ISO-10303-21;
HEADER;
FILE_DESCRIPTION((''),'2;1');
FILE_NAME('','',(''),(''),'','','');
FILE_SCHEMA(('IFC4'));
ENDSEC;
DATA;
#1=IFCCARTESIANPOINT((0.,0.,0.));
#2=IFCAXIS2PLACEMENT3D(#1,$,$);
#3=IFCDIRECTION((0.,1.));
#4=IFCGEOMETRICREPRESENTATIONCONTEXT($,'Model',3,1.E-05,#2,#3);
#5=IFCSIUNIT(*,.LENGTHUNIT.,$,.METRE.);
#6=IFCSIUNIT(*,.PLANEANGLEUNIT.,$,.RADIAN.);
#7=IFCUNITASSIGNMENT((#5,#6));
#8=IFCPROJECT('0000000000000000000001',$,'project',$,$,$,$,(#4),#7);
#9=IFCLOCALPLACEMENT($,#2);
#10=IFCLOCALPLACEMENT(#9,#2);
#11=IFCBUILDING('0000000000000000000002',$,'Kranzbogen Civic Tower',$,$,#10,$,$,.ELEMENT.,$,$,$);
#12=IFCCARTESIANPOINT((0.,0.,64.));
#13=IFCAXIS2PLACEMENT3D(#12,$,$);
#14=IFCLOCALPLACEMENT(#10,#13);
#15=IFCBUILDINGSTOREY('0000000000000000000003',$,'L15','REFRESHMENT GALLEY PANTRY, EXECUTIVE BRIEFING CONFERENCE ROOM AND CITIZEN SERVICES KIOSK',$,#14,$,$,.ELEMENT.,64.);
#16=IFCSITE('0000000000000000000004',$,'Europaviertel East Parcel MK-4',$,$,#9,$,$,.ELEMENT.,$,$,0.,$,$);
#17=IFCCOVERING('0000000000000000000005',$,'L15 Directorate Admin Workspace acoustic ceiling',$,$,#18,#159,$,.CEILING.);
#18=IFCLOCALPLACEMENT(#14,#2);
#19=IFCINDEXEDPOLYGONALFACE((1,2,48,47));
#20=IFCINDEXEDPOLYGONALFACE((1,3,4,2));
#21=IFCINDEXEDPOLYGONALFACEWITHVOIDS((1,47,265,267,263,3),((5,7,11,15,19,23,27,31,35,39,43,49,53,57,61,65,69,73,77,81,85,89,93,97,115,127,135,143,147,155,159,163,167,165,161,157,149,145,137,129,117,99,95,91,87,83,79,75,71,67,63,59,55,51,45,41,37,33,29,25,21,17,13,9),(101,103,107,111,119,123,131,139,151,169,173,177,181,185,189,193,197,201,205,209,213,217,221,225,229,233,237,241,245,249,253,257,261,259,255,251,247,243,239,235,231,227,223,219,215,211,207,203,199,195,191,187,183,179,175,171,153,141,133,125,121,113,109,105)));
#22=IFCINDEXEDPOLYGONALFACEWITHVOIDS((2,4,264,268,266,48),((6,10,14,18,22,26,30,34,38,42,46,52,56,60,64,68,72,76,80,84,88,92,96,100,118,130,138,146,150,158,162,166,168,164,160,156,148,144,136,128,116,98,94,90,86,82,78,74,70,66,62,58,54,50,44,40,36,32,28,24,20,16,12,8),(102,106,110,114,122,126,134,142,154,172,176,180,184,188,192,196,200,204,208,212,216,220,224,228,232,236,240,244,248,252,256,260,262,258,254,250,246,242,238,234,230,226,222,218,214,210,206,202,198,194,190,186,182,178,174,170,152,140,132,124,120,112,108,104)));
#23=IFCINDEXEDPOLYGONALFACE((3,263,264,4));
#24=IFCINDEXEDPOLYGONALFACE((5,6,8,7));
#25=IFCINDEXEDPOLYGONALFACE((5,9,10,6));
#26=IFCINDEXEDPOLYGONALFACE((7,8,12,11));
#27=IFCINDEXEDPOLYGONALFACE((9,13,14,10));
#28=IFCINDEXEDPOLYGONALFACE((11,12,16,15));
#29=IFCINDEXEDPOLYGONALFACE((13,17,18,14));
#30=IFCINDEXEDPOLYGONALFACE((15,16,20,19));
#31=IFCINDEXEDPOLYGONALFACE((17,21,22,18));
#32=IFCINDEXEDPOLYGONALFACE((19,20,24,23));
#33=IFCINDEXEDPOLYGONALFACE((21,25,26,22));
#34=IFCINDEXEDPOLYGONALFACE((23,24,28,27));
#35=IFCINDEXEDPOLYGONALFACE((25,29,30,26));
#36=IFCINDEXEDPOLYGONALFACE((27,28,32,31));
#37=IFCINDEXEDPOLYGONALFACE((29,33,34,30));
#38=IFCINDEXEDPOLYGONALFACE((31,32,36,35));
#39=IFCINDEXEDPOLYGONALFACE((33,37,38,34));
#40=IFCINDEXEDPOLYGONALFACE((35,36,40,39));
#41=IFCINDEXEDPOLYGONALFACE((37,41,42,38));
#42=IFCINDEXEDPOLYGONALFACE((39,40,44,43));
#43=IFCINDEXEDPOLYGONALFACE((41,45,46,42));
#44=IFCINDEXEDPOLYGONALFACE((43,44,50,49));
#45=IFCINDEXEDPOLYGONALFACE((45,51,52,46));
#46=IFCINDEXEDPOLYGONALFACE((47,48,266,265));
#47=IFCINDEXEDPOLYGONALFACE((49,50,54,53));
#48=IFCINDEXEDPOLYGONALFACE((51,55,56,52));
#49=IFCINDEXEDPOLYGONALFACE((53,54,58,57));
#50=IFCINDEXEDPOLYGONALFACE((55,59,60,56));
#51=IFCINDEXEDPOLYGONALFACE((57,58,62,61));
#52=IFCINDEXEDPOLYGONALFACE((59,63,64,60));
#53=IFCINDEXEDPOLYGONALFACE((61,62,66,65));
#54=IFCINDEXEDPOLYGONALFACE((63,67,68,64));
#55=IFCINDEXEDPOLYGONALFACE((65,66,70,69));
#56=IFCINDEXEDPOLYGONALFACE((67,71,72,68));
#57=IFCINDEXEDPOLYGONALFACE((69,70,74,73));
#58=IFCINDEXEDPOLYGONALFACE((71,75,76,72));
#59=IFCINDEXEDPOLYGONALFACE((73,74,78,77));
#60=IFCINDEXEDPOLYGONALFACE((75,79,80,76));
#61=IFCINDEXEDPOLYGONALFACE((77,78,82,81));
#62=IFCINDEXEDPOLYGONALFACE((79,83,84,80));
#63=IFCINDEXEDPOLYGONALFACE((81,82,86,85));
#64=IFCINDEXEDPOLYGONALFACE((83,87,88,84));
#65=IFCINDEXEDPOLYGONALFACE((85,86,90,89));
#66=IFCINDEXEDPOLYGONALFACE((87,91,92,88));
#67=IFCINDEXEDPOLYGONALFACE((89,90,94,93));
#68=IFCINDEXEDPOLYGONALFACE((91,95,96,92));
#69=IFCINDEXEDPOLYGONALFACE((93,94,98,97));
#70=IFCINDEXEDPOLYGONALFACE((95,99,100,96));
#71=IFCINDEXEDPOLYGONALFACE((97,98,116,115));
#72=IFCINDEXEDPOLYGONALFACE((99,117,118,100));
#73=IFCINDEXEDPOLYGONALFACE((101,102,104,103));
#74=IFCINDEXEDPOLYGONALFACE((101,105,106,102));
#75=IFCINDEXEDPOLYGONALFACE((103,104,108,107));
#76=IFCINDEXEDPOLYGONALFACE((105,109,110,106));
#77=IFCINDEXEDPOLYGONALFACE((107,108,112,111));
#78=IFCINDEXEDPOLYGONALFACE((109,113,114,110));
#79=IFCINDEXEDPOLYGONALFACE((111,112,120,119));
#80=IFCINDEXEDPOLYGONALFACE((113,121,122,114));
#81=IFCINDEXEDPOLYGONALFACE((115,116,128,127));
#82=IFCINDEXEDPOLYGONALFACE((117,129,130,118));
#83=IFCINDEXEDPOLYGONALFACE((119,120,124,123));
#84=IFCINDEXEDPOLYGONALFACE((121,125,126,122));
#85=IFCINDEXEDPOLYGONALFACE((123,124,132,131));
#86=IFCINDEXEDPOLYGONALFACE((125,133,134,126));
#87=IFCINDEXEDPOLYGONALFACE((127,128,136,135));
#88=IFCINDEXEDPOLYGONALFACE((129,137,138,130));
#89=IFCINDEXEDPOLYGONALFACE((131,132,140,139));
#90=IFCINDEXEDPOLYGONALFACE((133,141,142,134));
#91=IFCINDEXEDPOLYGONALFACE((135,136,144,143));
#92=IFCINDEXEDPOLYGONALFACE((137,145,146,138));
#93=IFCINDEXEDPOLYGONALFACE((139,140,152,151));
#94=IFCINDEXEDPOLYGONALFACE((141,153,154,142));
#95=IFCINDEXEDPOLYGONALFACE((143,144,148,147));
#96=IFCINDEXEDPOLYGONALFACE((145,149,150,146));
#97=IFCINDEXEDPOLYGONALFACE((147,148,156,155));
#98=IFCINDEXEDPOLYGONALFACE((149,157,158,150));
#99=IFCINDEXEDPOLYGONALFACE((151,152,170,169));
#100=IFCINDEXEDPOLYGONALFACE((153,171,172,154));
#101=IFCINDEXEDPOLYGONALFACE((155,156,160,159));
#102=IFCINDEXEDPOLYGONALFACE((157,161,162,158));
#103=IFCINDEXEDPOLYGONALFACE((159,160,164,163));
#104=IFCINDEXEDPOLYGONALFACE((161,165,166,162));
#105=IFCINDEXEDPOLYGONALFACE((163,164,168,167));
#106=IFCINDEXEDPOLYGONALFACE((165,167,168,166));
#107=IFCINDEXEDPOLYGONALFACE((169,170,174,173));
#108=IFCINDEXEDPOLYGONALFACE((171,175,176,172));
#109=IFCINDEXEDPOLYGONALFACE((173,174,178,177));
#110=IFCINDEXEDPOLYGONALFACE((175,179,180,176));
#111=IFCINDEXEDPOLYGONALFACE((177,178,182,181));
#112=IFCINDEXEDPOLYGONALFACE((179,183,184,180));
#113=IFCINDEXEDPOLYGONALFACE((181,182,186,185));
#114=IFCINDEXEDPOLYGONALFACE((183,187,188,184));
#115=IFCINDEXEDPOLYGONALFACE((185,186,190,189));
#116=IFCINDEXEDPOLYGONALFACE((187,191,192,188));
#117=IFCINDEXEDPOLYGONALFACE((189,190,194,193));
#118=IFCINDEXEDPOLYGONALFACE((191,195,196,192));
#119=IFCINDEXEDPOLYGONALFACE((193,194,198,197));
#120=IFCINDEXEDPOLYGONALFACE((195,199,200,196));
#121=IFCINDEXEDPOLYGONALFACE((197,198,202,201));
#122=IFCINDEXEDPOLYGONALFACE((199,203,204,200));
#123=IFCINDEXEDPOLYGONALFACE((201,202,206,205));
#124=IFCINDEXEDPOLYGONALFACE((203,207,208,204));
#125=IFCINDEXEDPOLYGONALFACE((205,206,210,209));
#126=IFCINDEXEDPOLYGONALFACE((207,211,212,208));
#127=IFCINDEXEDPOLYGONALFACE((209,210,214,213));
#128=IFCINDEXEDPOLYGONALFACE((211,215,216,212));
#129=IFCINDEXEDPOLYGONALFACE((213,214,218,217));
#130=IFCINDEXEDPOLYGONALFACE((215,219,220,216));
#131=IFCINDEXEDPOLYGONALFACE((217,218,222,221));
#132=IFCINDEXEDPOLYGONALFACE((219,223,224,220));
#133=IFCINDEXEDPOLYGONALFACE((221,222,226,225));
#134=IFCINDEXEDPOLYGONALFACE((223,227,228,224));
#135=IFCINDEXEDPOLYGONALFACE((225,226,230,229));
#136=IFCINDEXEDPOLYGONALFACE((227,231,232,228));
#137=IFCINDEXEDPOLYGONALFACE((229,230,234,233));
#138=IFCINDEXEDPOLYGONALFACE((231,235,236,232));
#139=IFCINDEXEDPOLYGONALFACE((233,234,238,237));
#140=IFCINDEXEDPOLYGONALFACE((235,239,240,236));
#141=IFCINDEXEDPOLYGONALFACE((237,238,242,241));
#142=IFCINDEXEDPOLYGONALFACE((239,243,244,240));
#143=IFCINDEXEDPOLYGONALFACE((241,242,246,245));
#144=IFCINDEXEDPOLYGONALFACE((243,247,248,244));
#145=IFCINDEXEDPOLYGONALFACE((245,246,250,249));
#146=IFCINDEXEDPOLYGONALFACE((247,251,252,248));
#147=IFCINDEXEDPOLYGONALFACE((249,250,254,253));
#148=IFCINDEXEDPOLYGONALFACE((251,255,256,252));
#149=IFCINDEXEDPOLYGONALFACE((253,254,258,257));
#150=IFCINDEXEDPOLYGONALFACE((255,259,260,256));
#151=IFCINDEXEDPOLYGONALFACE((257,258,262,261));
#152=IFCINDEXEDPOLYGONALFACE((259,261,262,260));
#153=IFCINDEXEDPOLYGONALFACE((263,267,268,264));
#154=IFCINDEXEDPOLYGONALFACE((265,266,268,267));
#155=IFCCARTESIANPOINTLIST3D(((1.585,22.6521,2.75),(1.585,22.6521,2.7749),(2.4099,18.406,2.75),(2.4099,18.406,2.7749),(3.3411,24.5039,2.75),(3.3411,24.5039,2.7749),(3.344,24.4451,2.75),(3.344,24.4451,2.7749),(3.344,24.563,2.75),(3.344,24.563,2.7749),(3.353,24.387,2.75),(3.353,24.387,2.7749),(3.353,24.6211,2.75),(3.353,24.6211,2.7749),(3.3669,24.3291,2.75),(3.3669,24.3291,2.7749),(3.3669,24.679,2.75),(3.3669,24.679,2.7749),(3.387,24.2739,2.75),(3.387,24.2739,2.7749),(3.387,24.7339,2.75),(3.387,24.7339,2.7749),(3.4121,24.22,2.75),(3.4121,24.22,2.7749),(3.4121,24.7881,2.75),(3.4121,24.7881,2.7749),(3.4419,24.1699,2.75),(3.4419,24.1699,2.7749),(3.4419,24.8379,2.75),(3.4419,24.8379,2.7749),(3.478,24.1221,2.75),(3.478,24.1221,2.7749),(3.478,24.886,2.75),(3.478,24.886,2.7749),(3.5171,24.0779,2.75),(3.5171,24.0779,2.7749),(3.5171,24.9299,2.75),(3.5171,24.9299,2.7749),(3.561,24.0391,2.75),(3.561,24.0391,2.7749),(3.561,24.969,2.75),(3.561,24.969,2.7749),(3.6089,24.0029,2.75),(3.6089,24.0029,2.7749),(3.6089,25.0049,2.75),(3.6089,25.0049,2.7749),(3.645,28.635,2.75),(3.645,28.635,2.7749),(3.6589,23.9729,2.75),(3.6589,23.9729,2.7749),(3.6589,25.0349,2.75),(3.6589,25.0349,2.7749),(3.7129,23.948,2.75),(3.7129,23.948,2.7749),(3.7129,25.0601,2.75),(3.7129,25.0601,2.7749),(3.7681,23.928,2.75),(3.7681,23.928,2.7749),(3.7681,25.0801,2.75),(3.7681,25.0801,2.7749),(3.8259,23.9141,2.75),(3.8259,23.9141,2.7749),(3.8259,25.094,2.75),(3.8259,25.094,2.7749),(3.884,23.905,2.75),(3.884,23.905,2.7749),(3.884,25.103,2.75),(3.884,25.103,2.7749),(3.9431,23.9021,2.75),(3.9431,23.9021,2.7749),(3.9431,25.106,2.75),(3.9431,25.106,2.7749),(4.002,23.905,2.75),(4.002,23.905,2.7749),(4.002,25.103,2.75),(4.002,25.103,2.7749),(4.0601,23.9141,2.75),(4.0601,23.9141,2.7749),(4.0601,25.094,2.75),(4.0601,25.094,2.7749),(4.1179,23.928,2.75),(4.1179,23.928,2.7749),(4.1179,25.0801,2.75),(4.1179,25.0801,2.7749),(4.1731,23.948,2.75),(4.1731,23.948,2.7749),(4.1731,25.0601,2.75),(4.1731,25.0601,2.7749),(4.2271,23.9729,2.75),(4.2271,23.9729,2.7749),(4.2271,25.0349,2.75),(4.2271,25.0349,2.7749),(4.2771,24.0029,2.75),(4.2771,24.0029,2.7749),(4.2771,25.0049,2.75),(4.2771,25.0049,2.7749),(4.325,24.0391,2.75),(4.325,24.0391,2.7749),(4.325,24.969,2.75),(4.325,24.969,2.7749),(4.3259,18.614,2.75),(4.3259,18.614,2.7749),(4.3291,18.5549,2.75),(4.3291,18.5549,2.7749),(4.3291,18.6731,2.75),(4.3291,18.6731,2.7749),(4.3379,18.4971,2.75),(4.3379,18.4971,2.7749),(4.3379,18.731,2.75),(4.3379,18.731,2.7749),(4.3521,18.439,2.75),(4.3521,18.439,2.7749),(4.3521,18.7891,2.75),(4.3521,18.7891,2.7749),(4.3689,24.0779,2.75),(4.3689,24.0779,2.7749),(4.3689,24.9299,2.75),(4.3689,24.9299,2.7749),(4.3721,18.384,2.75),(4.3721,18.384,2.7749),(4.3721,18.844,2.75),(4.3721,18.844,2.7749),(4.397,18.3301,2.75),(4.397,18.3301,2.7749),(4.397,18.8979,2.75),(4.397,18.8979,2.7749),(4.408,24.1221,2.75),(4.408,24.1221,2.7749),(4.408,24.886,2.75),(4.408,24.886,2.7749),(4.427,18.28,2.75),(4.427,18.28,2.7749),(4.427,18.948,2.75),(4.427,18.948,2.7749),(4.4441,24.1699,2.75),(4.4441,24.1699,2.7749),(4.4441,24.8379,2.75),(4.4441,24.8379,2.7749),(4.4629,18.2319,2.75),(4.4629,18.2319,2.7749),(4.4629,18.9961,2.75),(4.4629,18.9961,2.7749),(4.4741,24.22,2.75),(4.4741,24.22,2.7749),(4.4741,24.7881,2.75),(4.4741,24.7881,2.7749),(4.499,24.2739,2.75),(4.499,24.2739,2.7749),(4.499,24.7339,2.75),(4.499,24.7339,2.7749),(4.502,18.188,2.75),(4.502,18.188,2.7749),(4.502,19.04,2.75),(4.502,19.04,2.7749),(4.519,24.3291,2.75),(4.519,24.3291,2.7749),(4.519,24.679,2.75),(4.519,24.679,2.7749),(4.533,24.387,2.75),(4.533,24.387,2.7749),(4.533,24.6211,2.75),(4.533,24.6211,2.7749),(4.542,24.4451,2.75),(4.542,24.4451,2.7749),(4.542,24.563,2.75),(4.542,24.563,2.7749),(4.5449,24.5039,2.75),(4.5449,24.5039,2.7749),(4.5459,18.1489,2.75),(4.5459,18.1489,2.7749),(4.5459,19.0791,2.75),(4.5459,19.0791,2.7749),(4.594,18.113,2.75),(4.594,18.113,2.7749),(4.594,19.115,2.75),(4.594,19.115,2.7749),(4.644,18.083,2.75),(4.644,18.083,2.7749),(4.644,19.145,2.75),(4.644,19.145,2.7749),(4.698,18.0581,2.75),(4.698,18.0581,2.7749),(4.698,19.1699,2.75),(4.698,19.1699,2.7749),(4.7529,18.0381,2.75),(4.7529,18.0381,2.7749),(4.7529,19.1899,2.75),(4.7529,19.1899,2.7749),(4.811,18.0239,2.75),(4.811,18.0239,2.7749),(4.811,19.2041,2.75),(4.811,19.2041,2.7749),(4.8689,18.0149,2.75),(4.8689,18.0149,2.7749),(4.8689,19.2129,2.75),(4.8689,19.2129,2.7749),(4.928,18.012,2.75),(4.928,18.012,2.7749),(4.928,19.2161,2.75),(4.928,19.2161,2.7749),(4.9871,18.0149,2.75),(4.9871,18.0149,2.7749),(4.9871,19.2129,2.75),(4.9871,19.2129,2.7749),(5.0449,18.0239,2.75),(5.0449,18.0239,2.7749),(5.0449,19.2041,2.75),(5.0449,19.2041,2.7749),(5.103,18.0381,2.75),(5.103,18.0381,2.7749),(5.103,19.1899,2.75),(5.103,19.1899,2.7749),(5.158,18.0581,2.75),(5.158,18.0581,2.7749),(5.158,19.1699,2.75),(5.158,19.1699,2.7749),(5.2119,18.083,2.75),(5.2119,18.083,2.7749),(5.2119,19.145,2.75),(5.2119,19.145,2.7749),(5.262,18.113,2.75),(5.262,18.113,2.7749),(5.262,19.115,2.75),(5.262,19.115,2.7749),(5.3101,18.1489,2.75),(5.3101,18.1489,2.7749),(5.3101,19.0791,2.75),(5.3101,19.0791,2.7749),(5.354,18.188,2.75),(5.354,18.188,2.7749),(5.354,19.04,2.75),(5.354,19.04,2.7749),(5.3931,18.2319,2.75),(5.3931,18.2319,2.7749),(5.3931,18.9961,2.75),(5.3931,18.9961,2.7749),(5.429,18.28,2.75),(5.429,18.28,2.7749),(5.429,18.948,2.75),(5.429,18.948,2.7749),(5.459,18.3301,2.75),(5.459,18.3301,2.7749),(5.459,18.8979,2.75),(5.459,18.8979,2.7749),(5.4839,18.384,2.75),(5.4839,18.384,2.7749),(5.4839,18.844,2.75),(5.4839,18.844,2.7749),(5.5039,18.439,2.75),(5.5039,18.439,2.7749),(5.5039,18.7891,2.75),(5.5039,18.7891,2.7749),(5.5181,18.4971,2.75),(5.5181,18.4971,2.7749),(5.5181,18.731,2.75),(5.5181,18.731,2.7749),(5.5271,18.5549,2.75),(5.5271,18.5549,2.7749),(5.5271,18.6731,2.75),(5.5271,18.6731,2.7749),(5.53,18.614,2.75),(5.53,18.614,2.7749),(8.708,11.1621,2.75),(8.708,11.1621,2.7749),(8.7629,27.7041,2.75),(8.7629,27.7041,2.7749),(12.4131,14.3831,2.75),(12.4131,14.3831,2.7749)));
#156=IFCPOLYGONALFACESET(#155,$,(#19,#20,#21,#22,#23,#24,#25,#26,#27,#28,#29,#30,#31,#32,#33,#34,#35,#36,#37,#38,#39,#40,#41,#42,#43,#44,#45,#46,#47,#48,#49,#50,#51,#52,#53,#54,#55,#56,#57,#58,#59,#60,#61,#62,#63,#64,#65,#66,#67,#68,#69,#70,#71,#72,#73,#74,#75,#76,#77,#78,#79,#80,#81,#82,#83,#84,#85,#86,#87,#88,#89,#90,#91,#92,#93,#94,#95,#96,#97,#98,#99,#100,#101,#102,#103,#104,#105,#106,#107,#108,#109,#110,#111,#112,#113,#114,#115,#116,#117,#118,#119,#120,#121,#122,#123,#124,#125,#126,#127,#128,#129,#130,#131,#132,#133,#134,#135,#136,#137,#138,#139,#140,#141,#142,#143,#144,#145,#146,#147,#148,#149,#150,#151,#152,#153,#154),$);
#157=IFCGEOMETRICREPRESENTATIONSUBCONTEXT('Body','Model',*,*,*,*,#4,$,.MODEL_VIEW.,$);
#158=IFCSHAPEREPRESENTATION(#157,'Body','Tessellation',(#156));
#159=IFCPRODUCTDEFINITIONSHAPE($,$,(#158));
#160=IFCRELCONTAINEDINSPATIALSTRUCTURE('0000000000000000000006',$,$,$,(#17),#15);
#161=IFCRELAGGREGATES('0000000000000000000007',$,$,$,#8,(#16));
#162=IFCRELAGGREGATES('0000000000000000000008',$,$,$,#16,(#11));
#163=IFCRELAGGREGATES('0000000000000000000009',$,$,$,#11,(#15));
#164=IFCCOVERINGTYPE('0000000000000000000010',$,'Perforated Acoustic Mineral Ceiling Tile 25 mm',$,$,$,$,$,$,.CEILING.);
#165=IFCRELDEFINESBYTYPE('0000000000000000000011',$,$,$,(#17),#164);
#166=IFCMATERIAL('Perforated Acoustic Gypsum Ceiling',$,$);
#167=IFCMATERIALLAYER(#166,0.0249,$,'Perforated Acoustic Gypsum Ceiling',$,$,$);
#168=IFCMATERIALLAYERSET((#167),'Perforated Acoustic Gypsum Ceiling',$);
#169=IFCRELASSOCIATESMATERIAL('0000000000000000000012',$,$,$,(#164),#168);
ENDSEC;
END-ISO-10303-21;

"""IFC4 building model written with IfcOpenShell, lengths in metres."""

from ifc_helpers import new_model, si_unit, direction, frame, origin, place, context, subcontext, project, spatial, polyline, outline, extrude, material, layer, layer_set, type_object, element, save


model = new_model("IFC4")

# Units and contexts
model_context = context("Model", 3, precision=1e-05, world=origin(), true_north=direction((0.0, 1.0)))
body_context = subcontext(model_context, "Body", "Model", "MODEL_VIEW")
ifc_project = project(units=[si_unit("LENGTHUNIT", "METRE"), si_unit("PLANEANGLEUNIT", "RADIAN")], contexts=[model_context])

# Site, building, storey
site_placement = place(None, origin())
site = spatial("IfcSite", under=ifc_project, at=site_placement, Name="Europaviertel East Parcel MK-4", CompositionType="ELEMENT", RefElevation=0.0)
building_placement = place(site_placement, origin())
building = spatial("IfcBuilding", under=site, at=building_placement, Name="Kranzbogen Civic Tower", CompositionType="ELEMENT")
storey_placement = place(building_placement, frame((0.0, 0.0, 64.0)))
storey = spatial("IfcBuildingStorey", under=building, at=storey_placement, Name="L15", Description="REFRESHMENT GALLEY PANTRY, EXECUTIVE BRIEFING CONFERENCE ROOM AND CITIZEN SERVICES KIOSK", CompositionType="ELEMENT", Elevation=64.0)

# Covering
ifc_material_1 = material(Name="Perforated Acoustic Gypsum Ceiling")
ifc_layer_1 = layer(ifc_material_1, 0.0249, Name="Perforated Acoustic Gypsum Ceiling")
ifc_layer_set_1 = layer_set([ifc_layer_1], Name="Perforated Acoustic Gypsum Ceiling")
covering_type_1 = type_object("IfcCoveringType", Name="Perforated Acoustic Mineral Ceiling Tile 25 mm", PredefinedType="CEILING", material=ifc_layer_set_1)
covering_1_placement = place(storey_placement, frame((0.0, 0.0, 2.75)))
element("IfcCovering", 1, at=covering_1_placement, inside=storey, type_object=covering_type_1, Name="L15 Directorate Admin Workspace acoustic ceiling", PredefinedType="CEILING", context=body_context, shape_type="SweptSolid", body=[
    extrude(outline(polyline([(3.645, 28.635), (8.7629, 27.7041), (12.4131, 14.3831), (8.708, 11.1621), (2.4099, 18.406), (1.585, 22.6521), (3.645, 28.635)]), holes=[polyline([(5.4839, 18.384), (5.459, 18.3301), (5.429, 18.28), (5.3931, 18.2319), (5.354, 18.188), (5.3101, 18.1489), (5.262, 18.113), (5.2119, 18.083), (5.158, 18.0581), (5.103, 18.0381), (5.0449, 18.0239), (4.9871, 18.0149), (4.928, 18.012), (4.8689, 18.0149), (4.811, 18.0239), (4.7529, 18.0381), (4.698, 18.0581), (4.644, 18.083), (4.594, 18.113), (4.5459, 18.1489), (4.502, 18.188), (4.4629, 18.2319), (4.427, 18.28), (4.397, 18.3301), (4.3721, 18.384), (4.3521, 18.439), (4.3379, 18.4971), (4.3291, 18.5549), (4.3259, 18.614), (4.3291, 18.6731), (4.3379, 18.731), (4.3521, 18.7891), (4.3721, 18.844), (4.397, 18.8979), (4.427, 18.948), (4.4629, 18.9961), (4.502, 19.04), (4.5459, 19.0791), (4.594, 19.115), (4.644, 19.145), (4.698, 19.1699), (4.7529, 19.1899), (4.811, 19.2041), (4.8689, 19.2129), (4.928, 19.2161), (4.9871, 19.2129), (5.0449, 19.2041), (5.103, 19.1899), (5.158, 19.1699), (5.2119, 19.145), (5.262, 19.115), (5.3101, 19.0791), (5.354, 19.04), (5.3931, 18.9961), (5.429, 18.948), (5.459, 18.8979), (5.4839, 18.844), (5.5039, 18.7891), (5.5181, 18.731), (5.5271, 18.6731), (5.53, 18.614), (5.5271, 18.5549), (5.5181, 18.4971), (5.5039, 18.439), (5.4839, 18.384)]), polyline([(4.499, 24.2739), (4.4741, 24.22), (4.4441, 24.1699), (4.408, 24.1221), (4.3689, 24.0779), (4.325, 24.0391), (4.2771, 24.0029), (4.2271, 23.9729), (4.1731, 23.948), (4.1179, 23.928), (4.0601, 23.9141), (4.002, 23.905), (3.9431, 23.9021), (3.884, 23.905), (3.8259, 23.9141), (3.7681, 23.928), (3.7129, 23.948), (3.6589, 23.9729), (3.6089, 24.0029), (3.561, 24.0391), (3.5171, 24.0779), (3.478, 24.1221), (3.4419, 24.1699), (3.4121, 24.22), (3.387, 24.2739), (3.3669, 24.3291), (3.353, 24.387), (3.344, 24.4451), (3.3411, 24.5039), (3.344, 24.563), (3.353, 24.6211), (3.3669, 24.679), (3.387, 24.7339), (3.4121, 24.7881), (3.4419, 24.8379), (3.478, 24.886), (3.5171, 24.9299), (3.561, 24.969), (3.6089, 25.0049), (3.6589, 25.0349), (3.7129, 25.0601), (3.7681, 25.0801), (3.8259, 25.094), (3.884, 25.103), (3.9431, 25.106), (4.002, 25.103), (4.0601, 25.094), (4.1179, 25.0801), (4.1731, 25.0601), (4.2271, 25.0349), (4.2771, 25.0049), (4.325, 24.969), (4.3689, 24.9299), (4.408, 24.886), (4.4441, 24.8379), (4.4741, 24.7881), (4.499, 24.7339), (4.519, 24.679), (4.533, 24.6211), (4.542, 24.563), (4.5449, 24.5039), (4.542, 24.4451), (4.533, 24.387), (4.519, 24.3291), (4.499, 24.2739)])]), origin(), (0.0, 0.0, 1.0), 0.0249),
])

save(model, "model.ifc")
